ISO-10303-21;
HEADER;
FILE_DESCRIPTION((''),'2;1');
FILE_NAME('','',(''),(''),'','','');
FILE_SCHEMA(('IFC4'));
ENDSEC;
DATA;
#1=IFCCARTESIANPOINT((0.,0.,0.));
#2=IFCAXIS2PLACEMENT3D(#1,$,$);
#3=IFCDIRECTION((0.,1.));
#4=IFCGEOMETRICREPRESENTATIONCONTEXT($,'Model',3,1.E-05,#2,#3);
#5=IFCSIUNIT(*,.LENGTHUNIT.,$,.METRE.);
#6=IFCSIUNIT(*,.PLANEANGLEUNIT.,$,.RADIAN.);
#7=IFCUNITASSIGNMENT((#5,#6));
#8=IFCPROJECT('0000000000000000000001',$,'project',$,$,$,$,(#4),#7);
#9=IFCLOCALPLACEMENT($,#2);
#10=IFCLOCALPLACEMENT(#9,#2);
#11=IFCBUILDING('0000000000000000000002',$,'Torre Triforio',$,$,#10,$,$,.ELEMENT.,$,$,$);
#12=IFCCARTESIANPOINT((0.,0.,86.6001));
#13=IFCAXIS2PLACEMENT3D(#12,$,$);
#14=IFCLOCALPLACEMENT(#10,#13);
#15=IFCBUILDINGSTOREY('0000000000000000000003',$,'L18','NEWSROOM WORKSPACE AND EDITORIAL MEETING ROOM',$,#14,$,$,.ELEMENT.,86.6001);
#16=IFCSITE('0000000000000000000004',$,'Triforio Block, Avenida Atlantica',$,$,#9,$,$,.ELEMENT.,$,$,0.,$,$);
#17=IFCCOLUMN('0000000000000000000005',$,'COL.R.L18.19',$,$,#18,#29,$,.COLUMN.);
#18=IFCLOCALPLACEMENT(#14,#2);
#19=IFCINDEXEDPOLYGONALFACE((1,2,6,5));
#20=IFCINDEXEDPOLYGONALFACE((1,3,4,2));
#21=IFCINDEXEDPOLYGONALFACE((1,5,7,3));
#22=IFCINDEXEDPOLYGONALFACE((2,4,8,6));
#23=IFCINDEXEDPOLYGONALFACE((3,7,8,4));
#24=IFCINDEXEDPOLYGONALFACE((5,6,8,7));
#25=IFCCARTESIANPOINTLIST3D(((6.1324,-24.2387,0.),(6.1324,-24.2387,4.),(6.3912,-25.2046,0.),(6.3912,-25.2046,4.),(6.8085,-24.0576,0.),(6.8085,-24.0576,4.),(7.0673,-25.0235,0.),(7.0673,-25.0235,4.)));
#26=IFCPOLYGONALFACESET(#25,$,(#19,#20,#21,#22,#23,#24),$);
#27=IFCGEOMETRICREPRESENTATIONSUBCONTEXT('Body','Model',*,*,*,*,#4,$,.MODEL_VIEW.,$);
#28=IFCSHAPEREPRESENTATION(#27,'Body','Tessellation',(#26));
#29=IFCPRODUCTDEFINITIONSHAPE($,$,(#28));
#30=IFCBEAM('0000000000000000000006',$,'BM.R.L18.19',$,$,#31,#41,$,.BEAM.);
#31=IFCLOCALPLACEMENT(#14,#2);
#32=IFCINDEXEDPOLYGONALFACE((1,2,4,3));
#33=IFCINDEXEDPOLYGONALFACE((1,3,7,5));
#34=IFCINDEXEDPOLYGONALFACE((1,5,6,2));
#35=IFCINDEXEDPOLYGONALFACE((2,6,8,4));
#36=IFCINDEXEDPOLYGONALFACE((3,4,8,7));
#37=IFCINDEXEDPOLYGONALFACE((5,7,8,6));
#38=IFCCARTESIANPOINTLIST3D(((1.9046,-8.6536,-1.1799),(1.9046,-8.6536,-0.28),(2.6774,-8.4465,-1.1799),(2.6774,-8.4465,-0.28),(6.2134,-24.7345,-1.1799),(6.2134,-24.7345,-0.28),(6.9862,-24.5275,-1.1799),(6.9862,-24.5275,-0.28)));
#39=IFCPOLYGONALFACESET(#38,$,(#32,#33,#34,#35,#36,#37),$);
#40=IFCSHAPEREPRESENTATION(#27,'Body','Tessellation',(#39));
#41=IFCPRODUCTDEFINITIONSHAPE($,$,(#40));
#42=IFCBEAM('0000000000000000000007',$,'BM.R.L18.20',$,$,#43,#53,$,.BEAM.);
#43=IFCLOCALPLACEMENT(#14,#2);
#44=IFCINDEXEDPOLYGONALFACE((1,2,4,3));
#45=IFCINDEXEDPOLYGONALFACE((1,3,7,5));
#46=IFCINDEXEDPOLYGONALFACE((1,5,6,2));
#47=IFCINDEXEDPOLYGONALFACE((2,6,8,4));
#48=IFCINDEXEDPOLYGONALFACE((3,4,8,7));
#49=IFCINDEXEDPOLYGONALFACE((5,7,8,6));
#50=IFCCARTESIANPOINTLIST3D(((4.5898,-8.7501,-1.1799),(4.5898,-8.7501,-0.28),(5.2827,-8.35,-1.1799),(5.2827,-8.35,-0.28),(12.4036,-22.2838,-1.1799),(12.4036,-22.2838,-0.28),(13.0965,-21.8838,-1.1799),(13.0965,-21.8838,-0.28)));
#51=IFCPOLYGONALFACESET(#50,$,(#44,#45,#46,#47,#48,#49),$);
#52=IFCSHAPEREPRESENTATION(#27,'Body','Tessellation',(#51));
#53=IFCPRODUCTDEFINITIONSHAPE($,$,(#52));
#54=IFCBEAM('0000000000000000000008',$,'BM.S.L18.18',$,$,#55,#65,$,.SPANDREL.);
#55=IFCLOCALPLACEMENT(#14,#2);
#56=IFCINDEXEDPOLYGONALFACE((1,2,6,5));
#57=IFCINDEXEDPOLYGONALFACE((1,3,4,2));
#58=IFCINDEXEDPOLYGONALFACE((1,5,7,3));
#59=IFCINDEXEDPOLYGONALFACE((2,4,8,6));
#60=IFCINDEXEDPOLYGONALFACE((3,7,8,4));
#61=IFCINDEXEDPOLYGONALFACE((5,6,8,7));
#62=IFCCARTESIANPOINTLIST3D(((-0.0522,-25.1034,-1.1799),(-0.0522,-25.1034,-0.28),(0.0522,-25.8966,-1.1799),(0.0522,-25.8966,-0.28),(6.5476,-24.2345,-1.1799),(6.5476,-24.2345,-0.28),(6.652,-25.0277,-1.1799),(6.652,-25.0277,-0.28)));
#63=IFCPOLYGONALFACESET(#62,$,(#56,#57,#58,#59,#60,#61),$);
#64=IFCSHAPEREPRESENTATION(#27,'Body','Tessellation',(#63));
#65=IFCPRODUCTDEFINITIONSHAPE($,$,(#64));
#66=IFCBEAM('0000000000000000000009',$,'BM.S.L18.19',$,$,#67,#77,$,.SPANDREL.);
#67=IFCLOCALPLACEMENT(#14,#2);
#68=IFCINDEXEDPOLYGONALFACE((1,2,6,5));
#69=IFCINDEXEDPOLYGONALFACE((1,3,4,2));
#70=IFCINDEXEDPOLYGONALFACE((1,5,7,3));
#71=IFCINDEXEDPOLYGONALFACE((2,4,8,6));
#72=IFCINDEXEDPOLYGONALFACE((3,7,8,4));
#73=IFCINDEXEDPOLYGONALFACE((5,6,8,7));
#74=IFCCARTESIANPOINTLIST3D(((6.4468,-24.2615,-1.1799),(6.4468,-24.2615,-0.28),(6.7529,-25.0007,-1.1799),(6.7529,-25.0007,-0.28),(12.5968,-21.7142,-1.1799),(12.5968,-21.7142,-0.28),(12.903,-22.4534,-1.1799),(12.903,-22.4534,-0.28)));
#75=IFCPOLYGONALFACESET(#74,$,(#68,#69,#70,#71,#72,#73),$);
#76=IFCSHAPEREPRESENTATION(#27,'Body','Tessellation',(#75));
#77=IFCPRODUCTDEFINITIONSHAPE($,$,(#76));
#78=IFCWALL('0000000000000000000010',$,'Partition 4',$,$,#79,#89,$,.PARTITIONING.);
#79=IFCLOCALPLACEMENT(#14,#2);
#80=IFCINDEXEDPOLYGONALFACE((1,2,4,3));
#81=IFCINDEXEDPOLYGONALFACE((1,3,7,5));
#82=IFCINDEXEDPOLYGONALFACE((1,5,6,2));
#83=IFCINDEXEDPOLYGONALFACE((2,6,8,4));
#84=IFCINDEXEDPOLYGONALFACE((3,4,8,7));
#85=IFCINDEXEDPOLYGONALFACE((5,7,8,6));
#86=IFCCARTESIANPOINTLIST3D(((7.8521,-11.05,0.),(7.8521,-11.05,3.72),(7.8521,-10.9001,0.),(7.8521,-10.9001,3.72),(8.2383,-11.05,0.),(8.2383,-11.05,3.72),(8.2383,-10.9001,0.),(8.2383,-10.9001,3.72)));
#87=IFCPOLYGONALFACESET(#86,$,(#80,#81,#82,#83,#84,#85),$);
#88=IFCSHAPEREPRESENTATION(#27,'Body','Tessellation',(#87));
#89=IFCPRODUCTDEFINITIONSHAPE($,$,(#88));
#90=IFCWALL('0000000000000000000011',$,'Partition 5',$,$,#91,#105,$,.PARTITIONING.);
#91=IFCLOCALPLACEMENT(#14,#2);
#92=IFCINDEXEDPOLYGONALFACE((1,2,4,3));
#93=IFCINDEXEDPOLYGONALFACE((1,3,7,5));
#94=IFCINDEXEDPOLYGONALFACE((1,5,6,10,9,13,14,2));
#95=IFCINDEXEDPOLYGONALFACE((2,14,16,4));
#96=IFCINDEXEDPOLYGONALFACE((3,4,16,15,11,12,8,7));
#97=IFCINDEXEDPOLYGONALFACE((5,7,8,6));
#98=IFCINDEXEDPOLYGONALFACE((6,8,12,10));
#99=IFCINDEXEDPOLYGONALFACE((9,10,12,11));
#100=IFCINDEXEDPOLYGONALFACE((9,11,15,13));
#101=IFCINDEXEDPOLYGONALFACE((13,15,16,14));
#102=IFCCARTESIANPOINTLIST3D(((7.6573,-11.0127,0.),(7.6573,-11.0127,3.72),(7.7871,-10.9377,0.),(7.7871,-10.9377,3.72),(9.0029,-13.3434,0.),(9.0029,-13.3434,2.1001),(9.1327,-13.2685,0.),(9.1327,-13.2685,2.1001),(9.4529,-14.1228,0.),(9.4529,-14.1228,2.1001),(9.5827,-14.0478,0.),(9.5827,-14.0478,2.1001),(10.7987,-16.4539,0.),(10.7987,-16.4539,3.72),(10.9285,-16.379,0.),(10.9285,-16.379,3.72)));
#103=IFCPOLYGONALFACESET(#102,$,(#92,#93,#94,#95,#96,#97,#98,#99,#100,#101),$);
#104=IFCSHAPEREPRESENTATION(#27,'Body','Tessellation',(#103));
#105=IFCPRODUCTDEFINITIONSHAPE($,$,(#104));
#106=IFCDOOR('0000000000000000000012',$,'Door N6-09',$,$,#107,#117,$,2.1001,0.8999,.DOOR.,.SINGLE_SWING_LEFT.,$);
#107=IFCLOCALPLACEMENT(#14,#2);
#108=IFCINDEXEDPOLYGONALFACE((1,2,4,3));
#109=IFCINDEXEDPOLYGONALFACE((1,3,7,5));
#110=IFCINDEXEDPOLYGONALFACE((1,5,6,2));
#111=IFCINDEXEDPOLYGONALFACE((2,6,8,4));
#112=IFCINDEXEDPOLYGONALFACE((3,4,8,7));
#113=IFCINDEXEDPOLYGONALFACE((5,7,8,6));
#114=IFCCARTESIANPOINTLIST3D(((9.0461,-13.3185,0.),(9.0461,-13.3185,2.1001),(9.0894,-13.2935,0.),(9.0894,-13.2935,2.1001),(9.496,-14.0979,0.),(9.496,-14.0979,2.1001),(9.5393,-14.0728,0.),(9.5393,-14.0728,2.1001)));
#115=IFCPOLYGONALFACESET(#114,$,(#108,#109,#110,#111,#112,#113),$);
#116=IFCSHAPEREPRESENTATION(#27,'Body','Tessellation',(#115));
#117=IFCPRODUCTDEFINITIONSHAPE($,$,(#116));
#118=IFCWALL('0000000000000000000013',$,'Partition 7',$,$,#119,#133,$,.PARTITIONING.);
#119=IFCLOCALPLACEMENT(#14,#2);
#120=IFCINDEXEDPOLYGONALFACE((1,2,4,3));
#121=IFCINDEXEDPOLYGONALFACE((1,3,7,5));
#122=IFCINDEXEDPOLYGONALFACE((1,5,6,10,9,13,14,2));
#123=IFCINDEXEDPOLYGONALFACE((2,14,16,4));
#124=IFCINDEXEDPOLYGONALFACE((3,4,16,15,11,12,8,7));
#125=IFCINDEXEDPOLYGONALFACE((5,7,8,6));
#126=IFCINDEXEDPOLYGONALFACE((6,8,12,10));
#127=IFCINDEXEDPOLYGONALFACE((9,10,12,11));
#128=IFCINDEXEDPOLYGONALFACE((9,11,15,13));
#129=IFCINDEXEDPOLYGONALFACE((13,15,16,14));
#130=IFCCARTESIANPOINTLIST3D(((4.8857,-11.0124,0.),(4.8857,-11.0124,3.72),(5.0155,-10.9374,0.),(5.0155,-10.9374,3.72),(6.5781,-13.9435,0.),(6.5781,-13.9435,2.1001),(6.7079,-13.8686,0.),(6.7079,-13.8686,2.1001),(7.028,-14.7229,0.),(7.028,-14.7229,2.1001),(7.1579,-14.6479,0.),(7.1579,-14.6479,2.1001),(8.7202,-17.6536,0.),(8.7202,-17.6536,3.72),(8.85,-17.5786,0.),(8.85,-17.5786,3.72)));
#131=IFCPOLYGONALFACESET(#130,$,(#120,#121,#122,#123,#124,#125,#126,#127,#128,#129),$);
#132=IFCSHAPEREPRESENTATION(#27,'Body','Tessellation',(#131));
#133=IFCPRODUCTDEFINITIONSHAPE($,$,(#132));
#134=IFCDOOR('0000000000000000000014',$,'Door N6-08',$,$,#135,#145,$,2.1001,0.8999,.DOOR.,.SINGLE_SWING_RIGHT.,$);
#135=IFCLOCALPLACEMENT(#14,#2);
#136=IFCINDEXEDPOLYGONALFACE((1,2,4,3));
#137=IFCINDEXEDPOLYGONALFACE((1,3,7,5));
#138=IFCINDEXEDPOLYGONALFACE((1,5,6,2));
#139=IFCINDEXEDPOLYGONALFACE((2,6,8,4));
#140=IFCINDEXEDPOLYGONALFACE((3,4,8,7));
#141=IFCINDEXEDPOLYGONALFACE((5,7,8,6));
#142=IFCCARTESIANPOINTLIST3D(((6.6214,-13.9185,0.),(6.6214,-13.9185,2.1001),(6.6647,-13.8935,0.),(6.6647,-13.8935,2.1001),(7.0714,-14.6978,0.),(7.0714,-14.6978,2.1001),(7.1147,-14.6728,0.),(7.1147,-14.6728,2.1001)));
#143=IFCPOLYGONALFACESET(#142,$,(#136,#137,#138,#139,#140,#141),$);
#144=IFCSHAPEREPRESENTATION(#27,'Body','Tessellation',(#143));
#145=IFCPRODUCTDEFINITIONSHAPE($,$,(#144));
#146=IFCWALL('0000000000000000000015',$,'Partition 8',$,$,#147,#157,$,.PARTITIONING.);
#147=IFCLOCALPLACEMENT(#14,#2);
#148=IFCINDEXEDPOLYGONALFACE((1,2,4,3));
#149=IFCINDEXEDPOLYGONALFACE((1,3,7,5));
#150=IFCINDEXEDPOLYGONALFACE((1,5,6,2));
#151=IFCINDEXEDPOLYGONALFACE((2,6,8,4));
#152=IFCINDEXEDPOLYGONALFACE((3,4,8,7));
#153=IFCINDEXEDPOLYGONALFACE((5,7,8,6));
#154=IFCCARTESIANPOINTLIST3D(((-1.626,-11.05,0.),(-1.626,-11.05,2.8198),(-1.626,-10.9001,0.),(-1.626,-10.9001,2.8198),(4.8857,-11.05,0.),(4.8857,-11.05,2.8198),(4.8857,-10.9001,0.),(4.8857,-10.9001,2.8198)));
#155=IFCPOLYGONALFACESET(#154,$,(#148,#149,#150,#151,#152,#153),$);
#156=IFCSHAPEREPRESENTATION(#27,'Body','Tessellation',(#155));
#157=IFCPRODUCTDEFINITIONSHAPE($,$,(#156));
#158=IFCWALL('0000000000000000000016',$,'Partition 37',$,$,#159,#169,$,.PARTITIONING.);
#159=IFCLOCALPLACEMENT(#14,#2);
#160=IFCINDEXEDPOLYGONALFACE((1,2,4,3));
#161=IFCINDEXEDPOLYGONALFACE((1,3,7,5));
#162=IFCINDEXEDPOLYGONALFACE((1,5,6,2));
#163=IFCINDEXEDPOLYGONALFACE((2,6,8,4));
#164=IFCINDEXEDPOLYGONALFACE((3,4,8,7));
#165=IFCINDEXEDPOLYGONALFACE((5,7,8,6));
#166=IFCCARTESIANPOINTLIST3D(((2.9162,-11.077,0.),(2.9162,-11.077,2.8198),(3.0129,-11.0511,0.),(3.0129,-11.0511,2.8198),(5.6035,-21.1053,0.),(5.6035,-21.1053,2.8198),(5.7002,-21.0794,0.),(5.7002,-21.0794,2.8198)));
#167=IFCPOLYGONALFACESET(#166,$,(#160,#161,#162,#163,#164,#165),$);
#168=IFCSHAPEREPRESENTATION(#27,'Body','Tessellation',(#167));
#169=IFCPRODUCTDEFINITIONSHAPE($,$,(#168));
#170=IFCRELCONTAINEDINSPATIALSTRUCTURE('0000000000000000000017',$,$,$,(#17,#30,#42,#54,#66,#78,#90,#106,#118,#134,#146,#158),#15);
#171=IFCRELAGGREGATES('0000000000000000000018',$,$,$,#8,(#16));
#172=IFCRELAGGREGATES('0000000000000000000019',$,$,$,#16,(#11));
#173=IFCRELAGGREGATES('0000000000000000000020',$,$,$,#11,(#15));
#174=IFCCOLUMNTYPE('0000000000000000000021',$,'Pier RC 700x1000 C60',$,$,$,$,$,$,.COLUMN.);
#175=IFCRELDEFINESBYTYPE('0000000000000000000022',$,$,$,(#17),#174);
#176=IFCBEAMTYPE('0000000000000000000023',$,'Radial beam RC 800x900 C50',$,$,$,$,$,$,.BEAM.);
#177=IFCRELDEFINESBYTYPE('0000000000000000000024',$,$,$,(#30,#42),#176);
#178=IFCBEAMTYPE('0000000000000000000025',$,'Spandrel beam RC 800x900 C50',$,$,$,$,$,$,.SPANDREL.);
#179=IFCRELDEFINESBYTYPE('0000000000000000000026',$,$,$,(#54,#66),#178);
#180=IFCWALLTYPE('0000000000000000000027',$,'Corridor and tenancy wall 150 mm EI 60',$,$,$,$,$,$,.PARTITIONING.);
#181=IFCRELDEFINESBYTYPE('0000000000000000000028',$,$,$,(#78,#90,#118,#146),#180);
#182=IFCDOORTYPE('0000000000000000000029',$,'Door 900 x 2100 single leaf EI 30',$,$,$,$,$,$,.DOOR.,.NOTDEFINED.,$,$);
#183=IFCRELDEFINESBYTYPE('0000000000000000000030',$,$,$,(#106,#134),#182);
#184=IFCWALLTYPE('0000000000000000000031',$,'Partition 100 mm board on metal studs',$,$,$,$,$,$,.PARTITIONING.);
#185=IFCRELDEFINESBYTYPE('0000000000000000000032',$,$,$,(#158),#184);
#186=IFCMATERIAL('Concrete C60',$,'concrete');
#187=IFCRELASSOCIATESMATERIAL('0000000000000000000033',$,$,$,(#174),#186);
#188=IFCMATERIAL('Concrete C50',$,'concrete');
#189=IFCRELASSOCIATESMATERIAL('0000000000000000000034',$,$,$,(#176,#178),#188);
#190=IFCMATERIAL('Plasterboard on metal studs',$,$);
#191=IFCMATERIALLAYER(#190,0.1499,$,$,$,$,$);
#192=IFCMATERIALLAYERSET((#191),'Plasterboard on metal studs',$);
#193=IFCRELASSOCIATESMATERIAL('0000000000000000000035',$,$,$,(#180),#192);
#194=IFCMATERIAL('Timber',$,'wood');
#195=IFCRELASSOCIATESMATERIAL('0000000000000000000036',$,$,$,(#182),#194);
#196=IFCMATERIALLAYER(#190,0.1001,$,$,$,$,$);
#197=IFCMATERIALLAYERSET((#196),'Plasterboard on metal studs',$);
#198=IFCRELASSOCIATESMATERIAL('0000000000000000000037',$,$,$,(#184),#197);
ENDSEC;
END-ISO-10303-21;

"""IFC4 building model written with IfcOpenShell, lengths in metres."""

from ifc_helpers import new_model, si_unit, direction, frame, frame_2d, origin, origin_2d, place, context, subcontext, project, spatial, rectangle, extrude, material, layer, layer_set, material_profile, profile_set, type_object, element, fill, save


model = new_model("IFC4")

# Units and contexts
model_context = context("Model", 3, precision=1e-05, world=origin(), true_north=direction((0.0, 1.0)))
body_context = subcontext(model_context, "Body", "Model", "MODEL_VIEW")
ifc_project = project(units=[si_unit("LENGTHUNIT", "METRE"), si_unit("PLANEANGLEUNIT", "RADIAN")], contexts=[model_context])

# Site, building, storey
site_placement = place(None, origin())
site = spatial("IfcSite", under=ifc_project, at=site_placement, Name="Triforio Block, Avenida Atlantica", CompositionType="ELEMENT", RefElevation=0.0)
building_placement = place(site_placement, origin())
building = spatial("IfcBuilding", under=site, at=building_placement, Name="Torre Triforio", CompositionType="ELEMENT")
storey_placement = place(building_placement, frame((0.0, 0.0, 86.6001)))
storey = spatial("IfcBuildingStorey", under=building, at=storey_placement, Name="L18", Description="NEWSROOM WORKSPACE AND EDITORIAL MEETING ROOM", CompositionType="ELEMENT", Elevation=86.6001)

# Column
ifc_material_1 = material(Name="Concrete C60", Category="concrete")
ifc_material_profile_1 = material_profile(ifc_material_1, rectangle(XDim=0.7, YDim=1.0, at=origin_2d()), Name="RC 700x1000")
ifc_profile_set_1 = profile_set([ifc_material_profile_1], Name="Concrete C60")
column_type = type_object("IfcColumnType", Name="Pier RC 700x1000 C60", PredefinedType="COLUMN", material=ifc_profile_set_1)
column_placement = place(storey_placement, frame((6.5999, -24.6311, 0.0), z_axis=(0.0, 0.0, 1.0), x_axis=(0.965926, 0.258819, 0.0)))
element("IfcColumn", 1, at=column_placement, inside=storey, type_object=column_type, Name="COL.R.L18.19", PredefinedType="COLUMN", context=body_context, shape_type="SweptSolid", body=[
    extrude(rectangle(XDim=0.7, YDim=1.0, at=origin_2d()), origin(), (0.0, 0.0, 1.0), 4.0),
])

# Beams
ifc_material_2 = material(Name="Concrete C50", Category="concrete")
ifc_material_profile_2 = material_profile(ifc_material_2, rectangle(XDim=0.8, YDim=0.8999, at=origin_2d()), Name="RC 800x900")
ifc_profile_set_2 = profile_set([ifc_material_profile_2], Name="Concrete C50")
beam_type_1 = type_object("IfcBeamType", Name="Radial beam RC 800x900 C50", PredefinedType="BEAM", material=ifc_profile_set_2)
beam_1_placement = place(storey_placement, frame((2.291, -8.55, -0.73), z_axis=(0.258815, -0.965927, 0.0), x_axis=(0.965927, 0.258815, 0.0)))
element("IfcBeam", 2, at=beam_1_placement, inside=storey, type_object=beam_type_1, Name="BM.R.L18.19", PredefinedType="BEAM", context=body_context, shape_type="SweptSolid", body=[
    extrude(rectangle(XDim=0.8, YDim=0.8999, at=origin_2d()), origin(), (0.0, 0.0, 1.0), 16.6482),
])
beam_2_placement = place(storey_placement, frame((4.9363, -8.55, -0.73), z_axis=(0.500002, -0.866024, 0.0), x_axis=(0.866024, 0.500002, 0.0)))
element("IfcBeam", 3, at=beam_2_placement, inside=storey, type_object=beam_type_1, Name="BM.R.L18.20", PredefinedType="BEAM", context=body_context, shape_type="SweptSolid", body=[
    extrude(rectangle(XDim=0.8, YDim=0.8999, at=origin_2d()), origin(), (0.0, 0.0, 1.0), 15.6274),
])
ifc_material_profile_3 = material_profile(ifc_material_2, rectangle(XDim=0.8, YDim=0.8999, at=origin_2d()), Name="RC 800x900")
ifc_profile_set_3 = profile_set([ifc_material_profile_3], Name="Concrete C50")
beam_type_2 = type_object("IfcBeamType", Name="Spandrel beam RC 800x900 C50", PredefinedType="SPANDREL", material=ifc_profile_set_3)
for number, where, z_axis, x_axis, name in (
    (4, (0.0, -25.5, -0.73), (0.991445, 0.130528, 0.0), (-0.130528, 0.991445, 0.0), "BM.S.L18.18"),
    (5, (6.5999, -24.6311, -0.73), (0.923885, 0.382669, 0.0), (-0.382669, 0.923885, 0.0), "BM.S.L18.19"),
):
    element("IfcBeam", number, at=place(storey_placement, frame(where, z_axis=z_axis, x_axis=x_axis)), inside=storey, type_object=beam_type_2, Name=name, PredefinedType="SPANDREL", context=body_context, shape_type="SweptSolid", body=[
        extrude(rectangle(XDim=0.8, YDim=0.8999, at=origin_2d()), origin(), (0.0, 0.0, 1.0), 6.6567),
    ])

# Wall
ifc_material_3 = material(Name="Plasterboard on metal studs")
ifc_layer_1 = layer(ifc_material_3, 0.1499)
ifc_layer_set_1 = layer_set([ifc_layer_1], Name="Plasterboard on metal studs")
wall_type_1 = type_object("IfcWallType", Name="Corridor and tenancy wall 150 mm EI 60", PredefinedType="PARTITIONING", material=ifc_layer_set_1)
wall_1_placement = place(storey_placement, frame((8.2383, -10.9751, 0.0), z_axis=(0.0, 0.0, 1.0), x_axis=(-1.0, 0.0, 0.0)))
element("IfcWall", 6, at=wall_1_placement, inside=storey, type_object=wall_type_1, Name="Partition 4", PredefinedType="PARTITIONING", context=body_context, shape_type="SweptSolid", body=[
    extrude(rectangle(XDim=0.3862, YDim=0.1499, at=frame_2d((0.1931, 0.0))), origin(), (0.0, 0.0, 1.0), 3.72),
])

# Walls, openings, doors
wall_2_placement = place(storey_placement, frame((7.7222, -10.9751, 0.0), z_axis=(0.0, 0.0, 1.0), x_axis=(0.499988, -0.866032, 0.0)))
wall_2 = element("IfcWall", 7, at=wall_2_placement, inside=storey, type_object=wall_type_1, Name="Partition 5", PredefinedType="PARTITIONING", context=body_context, shape_type="SweptSolid", body=[
    extrude(rectangle(XDim=6.283, YDim=0.1499, at=frame_2d((3.1416, 0.0))), origin(), (0.0, 0.0, 1.0), 3.72),
])
opening_1_placement = place(wall_2_placement, frame((2.6914, 0.0, 0.0)))
opening_1 = element("IfcOpeningElement", 8, at=opening_1_placement, cuts=wall_2, PredefinedType="OPENING", context=body_context, shape_type="SweptSolid", body=[
    extrude(rectangle(XDim=0.8999, YDim=2.1001, at=frame_2d((0.45, 1.05))), frame((0.0, 0.085, 0.0), z_axis=(0.0, -1.0, 0.0), x_axis=(1.0, 0.0, 0.0)), (0.0, 0.0, 1.0), 0.1699),
])
ifc_material_4 = material(Name="Timber", Category="wood")
door_type_1 = type_object("IfcDoorType", Name="Door 900 x 2100 single leaf EI 30", OperationType="NOTDEFINED", PredefinedType="DOOR", material=ifc_material_4)
door_1_placement = place(opening_1_placement, origin())
door_1 = element("IfcDoor", 9, at=door_1_placement, inside=storey, type_object=door_type_1, Name="Door N6-09", OperationType="SINGLE_SWING_LEFT", OverallHeight=2.1001, OverallWidth=0.8999, PredefinedType="DOOR", context=body_context, shape_type="SweptSolid", body=[
    extrude(rectangle(XDim=0.8999, YDim=2.1001, at=frame_2d((0.45, 1.05))), frame((0.0, 0.0249, 0.0), z_axis=(0.0, -1.0, 0.0), x_axis=(1.0, 0.0, 0.0)), (0.0, 0.0, 1.0), 0.05),
])
fill(opening_1, door_1)
wall_3_placement = place(storey_placement, frame((8.7852, -17.6162, 0.0), z_axis=(0.0, 0.0, 1.0), x_axis=(-0.500022, 0.866013, 0.0)))
wall_3 = element("IfcWall", 10, at=wall_3_placement, inside=storey, type_object=wall_type_1, Name="Partition 7", PredefinedType="PARTITIONING", context=body_context, shape_type="SweptSolid", body=[
    extrude(rectangle(XDim=7.6687, YDim=0.1499, at=frame_2d((3.8345, 0.0))), origin(), (0.0, 0.0, 1.0), 3.72),
])
opening_2_placement = place(wall_3_placement, frame((3.3843, 0.0, 0.0)))
opening_2 = element("IfcOpeningElement", 11, at=opening_2_placement, cuts=wall_3, PredefinedType="OPENING", context=body_context, shape_type="SweptSolid", body=[
    extrude(rectangle(XDim=0.8999, YDim=2.1001, at=frame_2d((0.45, 1.05))), frame((0.0, 0.085, 0.0), z_axis=(0.0, -1.0, 0.0), x_axis=(1.0, 0.0, 0.0)), (0.0, 0.0, 1.0), 0.1699),
])
door_2_placement = place(opening_2_placement, origin())
door_2 = element("IfcDoor", 12, at=door_2_placement, inside=storey, type_object=door_type_1, Name="Door N6-08", OperationType="SINGLE_SWING_RIGHT", OverallHeight=2.1001, OverallWidth=0.8999, PredefinedType="DOOR", context=body_context, shape_type="SweptSolid", body=[
    extrude(rectangle(XDim=0.8999, YDim=2.1001, at=frame_2d((0.45, 1.05))), frame((0.0, 0.0249, 0.0), z_axis=(0.0, -1.0, 0.0), x_axis=(1.0, 0.0, 0.0)), (0.0, 0.0, 1.0), 0.05),
])
fill(opening_2, door_2)

# Walls
wall_4_placement = place(storey_placement, frame((4.8857, -10.9751, 0.0), z_axis=(0.0, 0.0, 1.0), x_axis=(-1.0, 0.0, 0.0)))
element("IfcWall", 13, at=wall_4_placement, inside=storey, type_object=wall_type_1, Name="Partition 8", PredefinedType="PARTITIONING", context=body_context, shape_type="SweptSolid", body=[
    extrude(rectangle(XDim=6.5117, YDim=0.1499, at=frame_2d((3.2559, 0.0))), origin(), (0.0, 0.0, 1.0), 2.8198),
])
ifc_layer_2 = layer(ifc_material_3, 0.1001)
ifc_layer_set_2 = layer_set([ifc_layer_2], Name="Plasterboard on metal studs")
wall_type_2 = type_object("IfcWallType", Name="Partition 100 mm board on metal studs", PredefinedType="PARTITIONING", material=ifc_layer_set_2)
wall_5_placement = place(storey_placement, frame((2.9646, -11.0642, 0.0), z_axis=(0.0, 0.0, 1.0), x_axis=(0.258835, -0.965922, 0.0)))
element("IfcWall", 14, at=wall_5_placement, inside=storey, type_object=wall_type_2, Name="Partition 37", PredefinedType="PARTITIONING", context=body_context, shape_type="SweptSolid", body=[
    extrude(rectangle(XDim=10.3821, YDim=0.1001, at=frame_2d((5.1909, 0.0))), origin(), (0.0, 0.0, 1.0), 2.8198),
])

save(model, "model.ifc")
